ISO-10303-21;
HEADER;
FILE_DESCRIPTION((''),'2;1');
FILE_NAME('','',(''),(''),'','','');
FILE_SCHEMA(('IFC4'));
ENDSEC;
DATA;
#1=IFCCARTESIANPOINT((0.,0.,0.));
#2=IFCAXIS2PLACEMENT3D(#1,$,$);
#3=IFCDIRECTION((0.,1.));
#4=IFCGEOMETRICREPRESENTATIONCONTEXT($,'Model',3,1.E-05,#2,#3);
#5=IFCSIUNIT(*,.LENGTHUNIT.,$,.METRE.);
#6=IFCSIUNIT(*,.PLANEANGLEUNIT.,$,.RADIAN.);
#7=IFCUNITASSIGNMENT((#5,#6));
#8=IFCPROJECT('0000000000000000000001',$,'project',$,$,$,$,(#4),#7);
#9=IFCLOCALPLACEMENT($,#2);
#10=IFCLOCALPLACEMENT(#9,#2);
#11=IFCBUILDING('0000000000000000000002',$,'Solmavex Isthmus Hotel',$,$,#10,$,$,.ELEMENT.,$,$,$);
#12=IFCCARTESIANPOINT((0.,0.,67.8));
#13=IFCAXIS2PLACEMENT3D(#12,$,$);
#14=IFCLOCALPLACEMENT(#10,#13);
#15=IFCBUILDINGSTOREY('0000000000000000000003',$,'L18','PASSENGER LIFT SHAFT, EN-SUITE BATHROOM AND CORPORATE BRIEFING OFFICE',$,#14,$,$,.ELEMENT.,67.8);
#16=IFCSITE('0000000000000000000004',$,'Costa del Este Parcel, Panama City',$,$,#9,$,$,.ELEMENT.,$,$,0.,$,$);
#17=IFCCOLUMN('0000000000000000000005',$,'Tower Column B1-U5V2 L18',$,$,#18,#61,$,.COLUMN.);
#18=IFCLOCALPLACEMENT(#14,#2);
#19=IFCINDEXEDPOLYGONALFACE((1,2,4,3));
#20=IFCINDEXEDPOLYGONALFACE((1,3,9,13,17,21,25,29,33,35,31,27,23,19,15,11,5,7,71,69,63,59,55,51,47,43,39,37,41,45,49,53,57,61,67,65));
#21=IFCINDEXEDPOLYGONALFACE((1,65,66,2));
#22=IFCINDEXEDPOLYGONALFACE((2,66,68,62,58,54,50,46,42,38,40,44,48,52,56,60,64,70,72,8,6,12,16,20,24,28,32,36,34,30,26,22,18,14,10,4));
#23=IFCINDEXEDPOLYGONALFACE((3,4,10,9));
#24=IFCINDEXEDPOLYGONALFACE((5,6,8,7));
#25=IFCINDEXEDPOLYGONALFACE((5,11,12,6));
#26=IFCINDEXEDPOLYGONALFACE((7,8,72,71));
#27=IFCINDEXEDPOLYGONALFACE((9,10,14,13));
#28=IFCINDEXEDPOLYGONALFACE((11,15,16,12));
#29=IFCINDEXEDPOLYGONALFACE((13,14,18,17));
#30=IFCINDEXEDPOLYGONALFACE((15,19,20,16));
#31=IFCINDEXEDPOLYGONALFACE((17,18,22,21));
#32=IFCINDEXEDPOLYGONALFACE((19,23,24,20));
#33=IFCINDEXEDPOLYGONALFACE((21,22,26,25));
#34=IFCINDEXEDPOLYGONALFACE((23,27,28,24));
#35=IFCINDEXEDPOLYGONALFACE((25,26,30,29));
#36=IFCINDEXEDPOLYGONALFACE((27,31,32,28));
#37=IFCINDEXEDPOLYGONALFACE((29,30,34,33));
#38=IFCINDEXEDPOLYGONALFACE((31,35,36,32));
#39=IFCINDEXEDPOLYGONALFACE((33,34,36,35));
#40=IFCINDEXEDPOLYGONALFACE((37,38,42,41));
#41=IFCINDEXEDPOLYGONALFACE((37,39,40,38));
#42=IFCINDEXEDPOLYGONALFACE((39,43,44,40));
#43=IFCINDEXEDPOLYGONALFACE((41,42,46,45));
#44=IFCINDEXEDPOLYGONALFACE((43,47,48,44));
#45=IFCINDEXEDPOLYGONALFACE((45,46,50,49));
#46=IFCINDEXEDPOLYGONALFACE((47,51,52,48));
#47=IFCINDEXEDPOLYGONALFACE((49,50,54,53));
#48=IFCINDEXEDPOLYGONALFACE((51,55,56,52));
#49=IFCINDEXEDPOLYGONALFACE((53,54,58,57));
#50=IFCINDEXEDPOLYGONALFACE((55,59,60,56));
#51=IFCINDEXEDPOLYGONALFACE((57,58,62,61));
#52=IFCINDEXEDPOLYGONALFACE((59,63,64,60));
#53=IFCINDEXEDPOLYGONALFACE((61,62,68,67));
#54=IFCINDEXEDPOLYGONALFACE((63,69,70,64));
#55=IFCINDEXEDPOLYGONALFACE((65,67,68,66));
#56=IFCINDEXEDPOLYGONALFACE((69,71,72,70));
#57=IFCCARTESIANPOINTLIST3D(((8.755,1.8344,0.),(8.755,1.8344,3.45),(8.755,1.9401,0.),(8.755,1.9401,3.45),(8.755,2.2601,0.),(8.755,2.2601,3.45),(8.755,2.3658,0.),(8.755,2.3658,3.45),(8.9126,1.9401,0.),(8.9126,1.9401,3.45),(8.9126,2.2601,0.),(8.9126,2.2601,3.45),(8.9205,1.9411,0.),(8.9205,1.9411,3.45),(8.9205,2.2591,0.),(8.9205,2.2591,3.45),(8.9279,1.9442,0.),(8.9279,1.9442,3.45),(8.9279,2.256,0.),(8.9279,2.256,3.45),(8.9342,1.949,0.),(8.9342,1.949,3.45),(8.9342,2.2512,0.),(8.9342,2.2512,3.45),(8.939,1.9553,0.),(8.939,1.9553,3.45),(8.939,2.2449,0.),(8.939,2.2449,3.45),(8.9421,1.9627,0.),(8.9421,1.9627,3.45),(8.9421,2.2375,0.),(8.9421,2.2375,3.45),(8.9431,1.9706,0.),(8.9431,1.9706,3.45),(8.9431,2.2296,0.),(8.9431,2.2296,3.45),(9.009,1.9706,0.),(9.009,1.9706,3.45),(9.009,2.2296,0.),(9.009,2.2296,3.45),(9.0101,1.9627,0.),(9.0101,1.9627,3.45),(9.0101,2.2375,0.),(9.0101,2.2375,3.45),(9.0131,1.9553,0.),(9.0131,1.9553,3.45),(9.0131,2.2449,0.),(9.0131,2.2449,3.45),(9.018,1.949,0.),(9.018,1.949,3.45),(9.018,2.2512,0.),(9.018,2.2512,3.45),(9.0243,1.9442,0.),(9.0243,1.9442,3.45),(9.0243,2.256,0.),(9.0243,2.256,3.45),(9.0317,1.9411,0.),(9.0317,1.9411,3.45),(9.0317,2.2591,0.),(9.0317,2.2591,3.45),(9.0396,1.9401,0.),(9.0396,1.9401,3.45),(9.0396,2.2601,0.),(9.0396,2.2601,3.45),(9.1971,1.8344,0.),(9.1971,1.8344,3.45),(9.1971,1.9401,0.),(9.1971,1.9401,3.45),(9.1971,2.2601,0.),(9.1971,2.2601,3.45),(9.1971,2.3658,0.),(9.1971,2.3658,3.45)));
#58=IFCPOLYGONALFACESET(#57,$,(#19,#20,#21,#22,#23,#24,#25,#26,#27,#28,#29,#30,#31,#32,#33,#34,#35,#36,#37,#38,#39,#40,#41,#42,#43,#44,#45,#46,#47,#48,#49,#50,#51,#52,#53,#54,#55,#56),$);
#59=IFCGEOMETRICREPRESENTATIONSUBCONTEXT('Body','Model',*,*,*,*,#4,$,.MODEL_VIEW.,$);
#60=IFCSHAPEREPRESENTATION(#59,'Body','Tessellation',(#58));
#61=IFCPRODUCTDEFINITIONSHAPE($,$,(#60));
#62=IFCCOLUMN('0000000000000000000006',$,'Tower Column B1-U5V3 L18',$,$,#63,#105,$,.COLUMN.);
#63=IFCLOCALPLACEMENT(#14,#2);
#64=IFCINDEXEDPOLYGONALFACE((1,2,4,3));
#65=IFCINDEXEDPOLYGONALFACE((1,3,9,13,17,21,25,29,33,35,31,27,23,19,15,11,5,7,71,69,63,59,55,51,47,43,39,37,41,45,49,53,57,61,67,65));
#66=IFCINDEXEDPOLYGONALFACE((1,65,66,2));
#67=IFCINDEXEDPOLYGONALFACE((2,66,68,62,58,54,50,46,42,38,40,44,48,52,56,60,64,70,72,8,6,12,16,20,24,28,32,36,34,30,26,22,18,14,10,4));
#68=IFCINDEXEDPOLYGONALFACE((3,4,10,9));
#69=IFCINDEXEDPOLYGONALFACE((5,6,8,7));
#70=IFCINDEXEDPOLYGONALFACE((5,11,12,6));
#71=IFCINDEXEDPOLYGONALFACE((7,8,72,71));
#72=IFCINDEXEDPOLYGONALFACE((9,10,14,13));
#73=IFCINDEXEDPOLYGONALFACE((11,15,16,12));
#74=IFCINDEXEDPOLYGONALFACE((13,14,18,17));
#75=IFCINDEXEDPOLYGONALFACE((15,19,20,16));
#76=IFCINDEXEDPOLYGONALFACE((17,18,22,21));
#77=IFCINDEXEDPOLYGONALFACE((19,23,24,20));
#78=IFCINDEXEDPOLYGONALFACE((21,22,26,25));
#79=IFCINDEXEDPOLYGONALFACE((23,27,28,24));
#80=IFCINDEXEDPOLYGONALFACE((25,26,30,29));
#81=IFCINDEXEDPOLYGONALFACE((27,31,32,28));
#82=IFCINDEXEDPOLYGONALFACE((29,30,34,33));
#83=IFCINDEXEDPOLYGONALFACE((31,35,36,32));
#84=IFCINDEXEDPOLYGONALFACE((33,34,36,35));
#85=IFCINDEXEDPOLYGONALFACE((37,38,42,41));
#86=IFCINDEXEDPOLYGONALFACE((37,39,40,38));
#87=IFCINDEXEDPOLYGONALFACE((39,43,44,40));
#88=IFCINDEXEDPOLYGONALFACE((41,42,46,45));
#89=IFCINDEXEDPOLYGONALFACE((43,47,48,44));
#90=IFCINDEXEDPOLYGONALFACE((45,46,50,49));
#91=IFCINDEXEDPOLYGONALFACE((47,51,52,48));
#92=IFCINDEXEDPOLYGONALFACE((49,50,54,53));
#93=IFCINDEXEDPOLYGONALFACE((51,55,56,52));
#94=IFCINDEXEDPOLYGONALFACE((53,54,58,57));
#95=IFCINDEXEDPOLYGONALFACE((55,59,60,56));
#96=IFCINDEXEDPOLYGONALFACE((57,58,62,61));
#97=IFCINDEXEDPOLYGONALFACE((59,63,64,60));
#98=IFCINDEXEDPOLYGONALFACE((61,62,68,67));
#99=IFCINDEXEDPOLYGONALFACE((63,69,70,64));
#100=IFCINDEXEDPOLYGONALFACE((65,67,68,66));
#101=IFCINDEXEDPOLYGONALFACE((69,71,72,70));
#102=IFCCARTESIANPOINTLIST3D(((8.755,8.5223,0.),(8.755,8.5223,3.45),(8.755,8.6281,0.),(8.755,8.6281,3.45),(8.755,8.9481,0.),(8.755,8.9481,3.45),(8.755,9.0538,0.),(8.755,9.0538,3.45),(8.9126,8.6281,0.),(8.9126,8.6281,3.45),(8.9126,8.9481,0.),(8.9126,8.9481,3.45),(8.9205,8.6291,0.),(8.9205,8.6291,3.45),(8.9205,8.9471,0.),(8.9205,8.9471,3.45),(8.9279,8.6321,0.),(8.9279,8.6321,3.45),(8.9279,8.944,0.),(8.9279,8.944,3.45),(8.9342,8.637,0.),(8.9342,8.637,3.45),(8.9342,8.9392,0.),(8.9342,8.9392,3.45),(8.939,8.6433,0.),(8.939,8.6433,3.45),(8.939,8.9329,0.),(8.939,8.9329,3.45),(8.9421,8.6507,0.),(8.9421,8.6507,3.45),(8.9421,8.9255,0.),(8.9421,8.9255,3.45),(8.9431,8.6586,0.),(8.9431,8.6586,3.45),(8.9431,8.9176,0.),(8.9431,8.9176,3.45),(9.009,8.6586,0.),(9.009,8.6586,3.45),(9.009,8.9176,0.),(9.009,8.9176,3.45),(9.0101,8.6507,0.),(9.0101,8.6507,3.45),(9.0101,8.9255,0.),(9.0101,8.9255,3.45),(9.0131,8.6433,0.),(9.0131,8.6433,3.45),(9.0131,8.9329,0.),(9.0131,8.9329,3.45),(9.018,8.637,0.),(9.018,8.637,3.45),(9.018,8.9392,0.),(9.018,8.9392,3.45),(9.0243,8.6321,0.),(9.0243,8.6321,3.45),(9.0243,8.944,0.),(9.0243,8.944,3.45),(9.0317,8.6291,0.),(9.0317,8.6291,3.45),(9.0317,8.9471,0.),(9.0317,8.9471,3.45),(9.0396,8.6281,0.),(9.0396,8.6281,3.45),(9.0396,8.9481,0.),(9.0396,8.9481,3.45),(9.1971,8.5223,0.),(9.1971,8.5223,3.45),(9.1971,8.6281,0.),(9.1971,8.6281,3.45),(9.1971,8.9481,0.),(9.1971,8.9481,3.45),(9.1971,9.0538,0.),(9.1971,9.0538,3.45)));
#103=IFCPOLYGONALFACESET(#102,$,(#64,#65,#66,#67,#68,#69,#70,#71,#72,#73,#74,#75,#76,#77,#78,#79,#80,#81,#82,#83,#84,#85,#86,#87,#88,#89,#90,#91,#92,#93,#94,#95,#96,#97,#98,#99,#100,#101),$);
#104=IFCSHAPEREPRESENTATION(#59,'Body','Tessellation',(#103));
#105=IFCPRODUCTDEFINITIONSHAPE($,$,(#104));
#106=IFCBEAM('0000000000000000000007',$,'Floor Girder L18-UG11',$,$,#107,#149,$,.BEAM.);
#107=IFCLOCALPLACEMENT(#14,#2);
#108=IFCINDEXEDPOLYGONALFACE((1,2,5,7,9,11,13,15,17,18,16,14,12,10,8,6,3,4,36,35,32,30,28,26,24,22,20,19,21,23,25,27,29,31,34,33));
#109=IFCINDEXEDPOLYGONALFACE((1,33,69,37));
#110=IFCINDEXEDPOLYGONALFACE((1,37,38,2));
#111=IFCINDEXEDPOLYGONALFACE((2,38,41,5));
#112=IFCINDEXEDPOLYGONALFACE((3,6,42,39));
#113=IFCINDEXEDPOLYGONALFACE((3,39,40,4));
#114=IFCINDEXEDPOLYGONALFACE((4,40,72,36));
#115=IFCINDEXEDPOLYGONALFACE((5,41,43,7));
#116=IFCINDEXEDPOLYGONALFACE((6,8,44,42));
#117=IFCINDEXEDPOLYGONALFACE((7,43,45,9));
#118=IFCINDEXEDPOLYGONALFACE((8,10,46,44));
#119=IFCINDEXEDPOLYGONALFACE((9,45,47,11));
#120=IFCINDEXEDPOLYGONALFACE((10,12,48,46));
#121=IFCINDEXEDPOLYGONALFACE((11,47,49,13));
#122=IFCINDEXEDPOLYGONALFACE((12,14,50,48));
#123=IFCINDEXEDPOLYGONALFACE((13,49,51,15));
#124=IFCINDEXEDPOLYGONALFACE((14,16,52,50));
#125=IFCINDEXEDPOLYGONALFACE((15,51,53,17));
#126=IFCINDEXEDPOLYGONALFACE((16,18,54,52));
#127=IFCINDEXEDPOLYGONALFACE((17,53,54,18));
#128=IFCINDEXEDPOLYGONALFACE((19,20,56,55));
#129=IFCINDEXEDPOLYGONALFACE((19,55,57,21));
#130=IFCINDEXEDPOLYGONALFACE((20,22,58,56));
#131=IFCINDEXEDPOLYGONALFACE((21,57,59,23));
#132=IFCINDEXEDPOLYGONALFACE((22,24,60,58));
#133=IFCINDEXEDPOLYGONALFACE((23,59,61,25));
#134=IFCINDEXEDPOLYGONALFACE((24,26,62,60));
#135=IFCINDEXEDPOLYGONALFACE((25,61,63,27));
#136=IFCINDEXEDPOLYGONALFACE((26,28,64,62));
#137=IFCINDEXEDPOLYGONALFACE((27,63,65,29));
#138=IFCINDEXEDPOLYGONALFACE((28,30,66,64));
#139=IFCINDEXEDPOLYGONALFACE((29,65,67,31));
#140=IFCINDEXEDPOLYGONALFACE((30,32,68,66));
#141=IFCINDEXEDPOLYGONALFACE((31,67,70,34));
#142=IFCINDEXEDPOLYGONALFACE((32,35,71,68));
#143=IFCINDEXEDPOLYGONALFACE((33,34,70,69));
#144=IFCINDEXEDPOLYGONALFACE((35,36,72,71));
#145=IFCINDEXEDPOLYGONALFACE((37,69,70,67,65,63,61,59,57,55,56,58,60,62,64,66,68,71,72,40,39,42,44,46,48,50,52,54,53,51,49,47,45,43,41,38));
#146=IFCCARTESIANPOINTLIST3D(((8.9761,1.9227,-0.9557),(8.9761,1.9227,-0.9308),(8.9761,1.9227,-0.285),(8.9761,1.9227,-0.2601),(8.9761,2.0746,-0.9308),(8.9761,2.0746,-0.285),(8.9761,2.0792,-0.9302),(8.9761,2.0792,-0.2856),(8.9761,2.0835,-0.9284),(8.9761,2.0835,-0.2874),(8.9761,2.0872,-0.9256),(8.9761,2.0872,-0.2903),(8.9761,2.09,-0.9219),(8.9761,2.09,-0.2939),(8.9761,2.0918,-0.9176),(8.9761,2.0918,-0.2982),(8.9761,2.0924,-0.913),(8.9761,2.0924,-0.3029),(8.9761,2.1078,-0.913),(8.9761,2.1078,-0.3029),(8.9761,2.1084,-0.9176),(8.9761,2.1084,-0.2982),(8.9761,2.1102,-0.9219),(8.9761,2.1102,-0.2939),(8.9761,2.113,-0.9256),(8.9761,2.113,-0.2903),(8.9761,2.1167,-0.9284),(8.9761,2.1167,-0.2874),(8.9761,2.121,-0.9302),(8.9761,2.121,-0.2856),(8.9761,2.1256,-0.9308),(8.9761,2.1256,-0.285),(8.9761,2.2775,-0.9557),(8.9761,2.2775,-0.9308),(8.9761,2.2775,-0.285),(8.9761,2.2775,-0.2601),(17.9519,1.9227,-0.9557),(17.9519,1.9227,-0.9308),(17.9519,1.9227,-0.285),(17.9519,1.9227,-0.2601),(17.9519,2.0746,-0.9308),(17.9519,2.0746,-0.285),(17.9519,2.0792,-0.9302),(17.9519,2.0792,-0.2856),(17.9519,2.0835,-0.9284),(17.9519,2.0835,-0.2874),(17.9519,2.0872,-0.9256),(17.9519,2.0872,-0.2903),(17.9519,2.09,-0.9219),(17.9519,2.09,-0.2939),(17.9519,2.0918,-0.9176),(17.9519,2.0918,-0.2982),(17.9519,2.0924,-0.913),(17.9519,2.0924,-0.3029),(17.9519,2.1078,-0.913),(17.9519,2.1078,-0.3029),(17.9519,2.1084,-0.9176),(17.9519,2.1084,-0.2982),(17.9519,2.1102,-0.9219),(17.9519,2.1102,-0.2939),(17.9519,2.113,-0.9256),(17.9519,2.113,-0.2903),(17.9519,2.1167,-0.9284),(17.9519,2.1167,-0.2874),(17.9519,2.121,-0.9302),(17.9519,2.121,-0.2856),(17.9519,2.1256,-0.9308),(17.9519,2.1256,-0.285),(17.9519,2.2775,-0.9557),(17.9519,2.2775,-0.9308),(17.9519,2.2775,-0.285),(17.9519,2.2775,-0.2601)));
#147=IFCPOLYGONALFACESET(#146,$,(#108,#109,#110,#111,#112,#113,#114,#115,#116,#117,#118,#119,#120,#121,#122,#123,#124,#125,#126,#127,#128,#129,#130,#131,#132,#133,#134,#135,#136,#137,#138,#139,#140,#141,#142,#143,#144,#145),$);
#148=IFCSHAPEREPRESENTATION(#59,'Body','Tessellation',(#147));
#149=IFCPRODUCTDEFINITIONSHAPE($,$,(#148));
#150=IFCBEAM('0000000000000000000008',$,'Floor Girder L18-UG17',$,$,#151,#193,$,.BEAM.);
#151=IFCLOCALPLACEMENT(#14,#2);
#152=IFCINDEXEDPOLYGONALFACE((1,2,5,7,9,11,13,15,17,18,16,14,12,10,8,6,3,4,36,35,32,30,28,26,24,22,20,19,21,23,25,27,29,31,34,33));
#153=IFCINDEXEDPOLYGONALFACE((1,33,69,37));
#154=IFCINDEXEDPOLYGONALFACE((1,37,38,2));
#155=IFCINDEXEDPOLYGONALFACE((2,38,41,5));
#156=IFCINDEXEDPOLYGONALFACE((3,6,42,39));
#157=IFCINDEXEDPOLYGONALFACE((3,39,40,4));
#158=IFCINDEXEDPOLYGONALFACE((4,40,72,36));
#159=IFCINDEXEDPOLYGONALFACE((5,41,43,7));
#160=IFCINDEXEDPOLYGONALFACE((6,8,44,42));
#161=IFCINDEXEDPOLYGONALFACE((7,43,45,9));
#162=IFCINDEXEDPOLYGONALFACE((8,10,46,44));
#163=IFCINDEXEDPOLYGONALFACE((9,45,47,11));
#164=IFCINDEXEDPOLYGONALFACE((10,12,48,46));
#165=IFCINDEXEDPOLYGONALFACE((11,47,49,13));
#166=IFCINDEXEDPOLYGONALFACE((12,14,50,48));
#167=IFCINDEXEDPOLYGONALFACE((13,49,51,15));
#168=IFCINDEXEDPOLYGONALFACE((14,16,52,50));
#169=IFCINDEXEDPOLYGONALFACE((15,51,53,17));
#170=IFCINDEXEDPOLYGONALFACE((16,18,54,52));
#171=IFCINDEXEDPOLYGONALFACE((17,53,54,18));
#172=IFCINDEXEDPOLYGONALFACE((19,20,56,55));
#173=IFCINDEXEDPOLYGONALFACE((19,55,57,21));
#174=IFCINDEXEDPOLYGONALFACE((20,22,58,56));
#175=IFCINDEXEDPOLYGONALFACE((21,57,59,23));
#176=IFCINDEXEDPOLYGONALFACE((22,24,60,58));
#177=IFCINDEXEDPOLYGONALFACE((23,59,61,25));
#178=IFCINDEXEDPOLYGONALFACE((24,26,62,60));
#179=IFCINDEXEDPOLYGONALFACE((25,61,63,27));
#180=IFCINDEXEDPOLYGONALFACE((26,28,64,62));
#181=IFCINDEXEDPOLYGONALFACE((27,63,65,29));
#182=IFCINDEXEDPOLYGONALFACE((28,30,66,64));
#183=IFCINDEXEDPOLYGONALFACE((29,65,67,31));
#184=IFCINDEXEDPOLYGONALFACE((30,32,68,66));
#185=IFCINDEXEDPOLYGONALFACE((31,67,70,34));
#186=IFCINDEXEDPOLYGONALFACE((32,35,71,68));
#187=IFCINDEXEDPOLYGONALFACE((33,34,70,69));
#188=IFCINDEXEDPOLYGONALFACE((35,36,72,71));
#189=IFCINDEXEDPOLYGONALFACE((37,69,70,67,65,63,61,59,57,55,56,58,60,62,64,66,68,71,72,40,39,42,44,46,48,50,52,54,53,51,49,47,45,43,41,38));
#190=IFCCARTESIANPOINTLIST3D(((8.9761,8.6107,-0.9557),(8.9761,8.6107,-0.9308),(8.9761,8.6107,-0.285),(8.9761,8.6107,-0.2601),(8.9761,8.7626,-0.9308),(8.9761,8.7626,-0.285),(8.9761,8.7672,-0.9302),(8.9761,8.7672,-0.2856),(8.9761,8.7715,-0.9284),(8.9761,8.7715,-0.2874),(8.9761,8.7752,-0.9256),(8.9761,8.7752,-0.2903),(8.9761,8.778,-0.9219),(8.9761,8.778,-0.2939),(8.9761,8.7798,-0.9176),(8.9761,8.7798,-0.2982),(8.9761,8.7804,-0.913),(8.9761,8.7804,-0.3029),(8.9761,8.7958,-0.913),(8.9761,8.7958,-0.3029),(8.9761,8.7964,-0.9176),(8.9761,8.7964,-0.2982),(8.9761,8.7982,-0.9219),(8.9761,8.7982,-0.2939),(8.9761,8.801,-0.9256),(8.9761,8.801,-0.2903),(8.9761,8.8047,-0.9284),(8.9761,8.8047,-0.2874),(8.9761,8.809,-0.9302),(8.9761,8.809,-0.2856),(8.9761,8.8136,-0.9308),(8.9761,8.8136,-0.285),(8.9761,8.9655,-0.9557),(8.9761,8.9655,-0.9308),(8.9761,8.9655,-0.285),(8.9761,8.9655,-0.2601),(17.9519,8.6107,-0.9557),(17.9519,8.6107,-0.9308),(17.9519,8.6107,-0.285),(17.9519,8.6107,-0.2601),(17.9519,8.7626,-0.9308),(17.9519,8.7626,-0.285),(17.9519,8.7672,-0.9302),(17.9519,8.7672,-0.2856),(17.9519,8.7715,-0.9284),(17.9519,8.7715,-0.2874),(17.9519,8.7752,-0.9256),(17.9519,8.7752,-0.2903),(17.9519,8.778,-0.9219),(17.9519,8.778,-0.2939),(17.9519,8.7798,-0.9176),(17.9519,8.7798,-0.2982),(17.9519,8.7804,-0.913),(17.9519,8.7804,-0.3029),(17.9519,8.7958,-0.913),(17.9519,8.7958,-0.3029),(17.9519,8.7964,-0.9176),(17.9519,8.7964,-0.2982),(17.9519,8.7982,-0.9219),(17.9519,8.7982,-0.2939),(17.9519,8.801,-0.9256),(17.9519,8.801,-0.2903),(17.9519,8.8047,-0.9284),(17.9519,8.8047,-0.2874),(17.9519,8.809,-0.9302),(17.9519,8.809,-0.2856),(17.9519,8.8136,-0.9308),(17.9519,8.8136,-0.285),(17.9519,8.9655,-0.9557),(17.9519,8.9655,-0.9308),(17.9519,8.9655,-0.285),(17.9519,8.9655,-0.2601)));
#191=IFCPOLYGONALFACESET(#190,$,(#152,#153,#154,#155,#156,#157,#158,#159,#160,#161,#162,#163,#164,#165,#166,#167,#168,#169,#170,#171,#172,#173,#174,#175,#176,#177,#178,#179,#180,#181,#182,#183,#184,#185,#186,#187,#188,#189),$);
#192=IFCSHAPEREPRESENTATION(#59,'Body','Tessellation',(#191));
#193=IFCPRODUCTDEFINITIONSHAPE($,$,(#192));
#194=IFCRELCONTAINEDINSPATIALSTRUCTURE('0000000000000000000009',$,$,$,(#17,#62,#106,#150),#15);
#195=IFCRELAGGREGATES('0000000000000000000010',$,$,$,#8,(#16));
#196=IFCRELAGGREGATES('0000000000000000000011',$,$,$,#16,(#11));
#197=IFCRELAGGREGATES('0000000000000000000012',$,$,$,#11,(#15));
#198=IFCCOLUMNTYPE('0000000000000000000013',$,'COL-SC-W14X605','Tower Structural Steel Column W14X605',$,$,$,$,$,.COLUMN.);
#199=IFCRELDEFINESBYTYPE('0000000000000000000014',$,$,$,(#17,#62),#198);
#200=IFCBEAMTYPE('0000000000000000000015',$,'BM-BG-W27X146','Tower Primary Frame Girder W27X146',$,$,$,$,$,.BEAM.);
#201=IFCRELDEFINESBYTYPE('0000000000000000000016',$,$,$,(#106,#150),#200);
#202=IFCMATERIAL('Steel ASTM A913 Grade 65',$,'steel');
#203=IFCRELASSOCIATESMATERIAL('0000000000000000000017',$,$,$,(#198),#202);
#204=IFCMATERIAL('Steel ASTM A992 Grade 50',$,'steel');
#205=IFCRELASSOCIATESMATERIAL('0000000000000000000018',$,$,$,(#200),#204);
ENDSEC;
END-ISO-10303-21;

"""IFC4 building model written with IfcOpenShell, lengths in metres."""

from ifc_helpers import new_model, si_unit, direction, frame, origin, origin_2d, place, context, subcontext, project, spatial, i_section, extrude, material, material_profile, profile_set, type_object, element, save


model = new_model("IFC4")

# Units and contexts
model_context = context("Model", 3, precision=1e-05, world=origin(), true_north=direction((0.0, 1.0)))
body_context = subcontext(model_context, "Body", "Model", "MODEL_VIEW")
ifc_project = project(units=[si_unit("LENGTHUNIT", "METRE"), si_unit("PLANEANGLEUNIT", "RADIAN")], contexts=[model_context])

# Site, building, storey
site_placement = place(None, origin())
site = spatial("IfcSite", under=ifc_project, at=site_placement, Name="Costa del Este Parcel, Panama City", CompositionType="ELEMENT", RefElevation=0.0)
building_placement = place(site_placement, origin())
building = spatial("IfcBuilding", under=site, at=building_placement, Name="Solmavex Isthmus Hotel", CompositionType="ELEMENT")
storey_placement = place(building_placement, frame((0.0, 0.0, 67.8)))
storey = spatial("IfcBuildingStorey", under=building, at=storey_placement, Name="L18", Description="PASSENGER LIFT SHAFT, EN-SUITE BATHROOM AND CORPORATE BRIEFING OFFICE", CompositionType="ELEMENT", Elevation=67.8)

# Columns
ifc_material_1 = material(Name="Steel ASTM A913 Grade 65", Category="steel")
ifc_material_profile_1 = material_profile(ifc_material_1, i_section(OverallWidth=0.4421, OverallDepth=0.5315, WebThickness=0.0659, FlangeThickness=0.1057, FilletRadius=0.0305, at=origin_2d()), Name="W14X605")
ifc_profile_set_1 = profile_set([ifc_material_profile_1], Name="Steel ASTM A913 Grade 65")
column_type = type_object("IfcColumnType", Name="COL-SC-W14X605", Description="Tower Structural Steel Column W14X605", PredefinedType="COLUMN", material=ifc_profile_set_1)
for number, where, z_axis, x_axis, name in (
    (1, (8.9761, 2.1001, 0.0), (0.0, 0.0, 1.0), (1.0, 0.0, 0.0), "Tower Column B1-U5V2 L18"),
    (2, (8.9761, 8.7881, 0.0), (0.0, 0.0, 1.0), (1.0, 0.0, 0.0), "Tower Column B1-U5V3 L18"),
):
    element("IfcColumn", number, at=place(storey_placement, frame(where, z_axis=z_axis, x_axis=x_axis)), inside=storey, type_object=column_type, Name=name, PredefinedType="COLUMN", context=body_context, shape_type="SweptSolid", body=[
        extrude(i_section(OverallWidth=0.4421, OverallDepth=0.5315, WebThickness=0.0659, FlangeThickness=0.1057, FilletRadius=0.0305, at=origin_2d()), origin(), (0.0, 0.0, 1.0), 3.45),
    ])

# Beams
ifc_material_2 = material(Name="Steel ASTM A992 Grade 50", Category="steel")
ifc_material_profile_2 = material_profile(ifc_material_2, i_section(OverallWidth=0.3547, OverallDepth=0.6956, WebThickness=0.0154, FlangeThickness=0.0249, FilletRadius=0.0178, at=origin_2d()), Name="W27X146")
ifc_profile_set_2 = profile_set([ifc_material_profile_2], Name="Steel ASTM A992 Grade 50")
beam_type_1 = type_object("IfcBeamType", Name="BM-BG-W27X146", Description="Tower Primary Frame Girder W27X146", PredefinedType="BEAM", material=ifc_profile_set_2)
for number, where, z_axis, x_axis, name in (
    (3, (8.9761, 2.1001, -0.6079), (1.0, 0.0, 0.0), (0.0, 1.0, 0.0), "Floor Girder L18-UG11"),
    (4, (8.9761, 8.7881, -0.6079), (1.0, 0.0, 0.0), (0.0, 1.0, 0.0), "Floor Girder L18-UG17"),
):
    element("IfcBeam", number, at=place(storey_placement, frame(where, z_axis=z_axis, x_axis=x_axis)), inside=storey, type_object=beam_type_1, Name=name, PredefinedType="BEAM", context=body_context, shape_type="SweptSolid", body=[
        extrude(i_section(OverallWidth=0.3547, OverallDepth=0.6956, WebThickness=0.0154, FlangeThickness=0.0249, FilletRadius=0.0178, at=origin_2d()), origin(), (0.0, 0.0, 1.0), 8.9758),
    ])

save(model, "model.ifc")
